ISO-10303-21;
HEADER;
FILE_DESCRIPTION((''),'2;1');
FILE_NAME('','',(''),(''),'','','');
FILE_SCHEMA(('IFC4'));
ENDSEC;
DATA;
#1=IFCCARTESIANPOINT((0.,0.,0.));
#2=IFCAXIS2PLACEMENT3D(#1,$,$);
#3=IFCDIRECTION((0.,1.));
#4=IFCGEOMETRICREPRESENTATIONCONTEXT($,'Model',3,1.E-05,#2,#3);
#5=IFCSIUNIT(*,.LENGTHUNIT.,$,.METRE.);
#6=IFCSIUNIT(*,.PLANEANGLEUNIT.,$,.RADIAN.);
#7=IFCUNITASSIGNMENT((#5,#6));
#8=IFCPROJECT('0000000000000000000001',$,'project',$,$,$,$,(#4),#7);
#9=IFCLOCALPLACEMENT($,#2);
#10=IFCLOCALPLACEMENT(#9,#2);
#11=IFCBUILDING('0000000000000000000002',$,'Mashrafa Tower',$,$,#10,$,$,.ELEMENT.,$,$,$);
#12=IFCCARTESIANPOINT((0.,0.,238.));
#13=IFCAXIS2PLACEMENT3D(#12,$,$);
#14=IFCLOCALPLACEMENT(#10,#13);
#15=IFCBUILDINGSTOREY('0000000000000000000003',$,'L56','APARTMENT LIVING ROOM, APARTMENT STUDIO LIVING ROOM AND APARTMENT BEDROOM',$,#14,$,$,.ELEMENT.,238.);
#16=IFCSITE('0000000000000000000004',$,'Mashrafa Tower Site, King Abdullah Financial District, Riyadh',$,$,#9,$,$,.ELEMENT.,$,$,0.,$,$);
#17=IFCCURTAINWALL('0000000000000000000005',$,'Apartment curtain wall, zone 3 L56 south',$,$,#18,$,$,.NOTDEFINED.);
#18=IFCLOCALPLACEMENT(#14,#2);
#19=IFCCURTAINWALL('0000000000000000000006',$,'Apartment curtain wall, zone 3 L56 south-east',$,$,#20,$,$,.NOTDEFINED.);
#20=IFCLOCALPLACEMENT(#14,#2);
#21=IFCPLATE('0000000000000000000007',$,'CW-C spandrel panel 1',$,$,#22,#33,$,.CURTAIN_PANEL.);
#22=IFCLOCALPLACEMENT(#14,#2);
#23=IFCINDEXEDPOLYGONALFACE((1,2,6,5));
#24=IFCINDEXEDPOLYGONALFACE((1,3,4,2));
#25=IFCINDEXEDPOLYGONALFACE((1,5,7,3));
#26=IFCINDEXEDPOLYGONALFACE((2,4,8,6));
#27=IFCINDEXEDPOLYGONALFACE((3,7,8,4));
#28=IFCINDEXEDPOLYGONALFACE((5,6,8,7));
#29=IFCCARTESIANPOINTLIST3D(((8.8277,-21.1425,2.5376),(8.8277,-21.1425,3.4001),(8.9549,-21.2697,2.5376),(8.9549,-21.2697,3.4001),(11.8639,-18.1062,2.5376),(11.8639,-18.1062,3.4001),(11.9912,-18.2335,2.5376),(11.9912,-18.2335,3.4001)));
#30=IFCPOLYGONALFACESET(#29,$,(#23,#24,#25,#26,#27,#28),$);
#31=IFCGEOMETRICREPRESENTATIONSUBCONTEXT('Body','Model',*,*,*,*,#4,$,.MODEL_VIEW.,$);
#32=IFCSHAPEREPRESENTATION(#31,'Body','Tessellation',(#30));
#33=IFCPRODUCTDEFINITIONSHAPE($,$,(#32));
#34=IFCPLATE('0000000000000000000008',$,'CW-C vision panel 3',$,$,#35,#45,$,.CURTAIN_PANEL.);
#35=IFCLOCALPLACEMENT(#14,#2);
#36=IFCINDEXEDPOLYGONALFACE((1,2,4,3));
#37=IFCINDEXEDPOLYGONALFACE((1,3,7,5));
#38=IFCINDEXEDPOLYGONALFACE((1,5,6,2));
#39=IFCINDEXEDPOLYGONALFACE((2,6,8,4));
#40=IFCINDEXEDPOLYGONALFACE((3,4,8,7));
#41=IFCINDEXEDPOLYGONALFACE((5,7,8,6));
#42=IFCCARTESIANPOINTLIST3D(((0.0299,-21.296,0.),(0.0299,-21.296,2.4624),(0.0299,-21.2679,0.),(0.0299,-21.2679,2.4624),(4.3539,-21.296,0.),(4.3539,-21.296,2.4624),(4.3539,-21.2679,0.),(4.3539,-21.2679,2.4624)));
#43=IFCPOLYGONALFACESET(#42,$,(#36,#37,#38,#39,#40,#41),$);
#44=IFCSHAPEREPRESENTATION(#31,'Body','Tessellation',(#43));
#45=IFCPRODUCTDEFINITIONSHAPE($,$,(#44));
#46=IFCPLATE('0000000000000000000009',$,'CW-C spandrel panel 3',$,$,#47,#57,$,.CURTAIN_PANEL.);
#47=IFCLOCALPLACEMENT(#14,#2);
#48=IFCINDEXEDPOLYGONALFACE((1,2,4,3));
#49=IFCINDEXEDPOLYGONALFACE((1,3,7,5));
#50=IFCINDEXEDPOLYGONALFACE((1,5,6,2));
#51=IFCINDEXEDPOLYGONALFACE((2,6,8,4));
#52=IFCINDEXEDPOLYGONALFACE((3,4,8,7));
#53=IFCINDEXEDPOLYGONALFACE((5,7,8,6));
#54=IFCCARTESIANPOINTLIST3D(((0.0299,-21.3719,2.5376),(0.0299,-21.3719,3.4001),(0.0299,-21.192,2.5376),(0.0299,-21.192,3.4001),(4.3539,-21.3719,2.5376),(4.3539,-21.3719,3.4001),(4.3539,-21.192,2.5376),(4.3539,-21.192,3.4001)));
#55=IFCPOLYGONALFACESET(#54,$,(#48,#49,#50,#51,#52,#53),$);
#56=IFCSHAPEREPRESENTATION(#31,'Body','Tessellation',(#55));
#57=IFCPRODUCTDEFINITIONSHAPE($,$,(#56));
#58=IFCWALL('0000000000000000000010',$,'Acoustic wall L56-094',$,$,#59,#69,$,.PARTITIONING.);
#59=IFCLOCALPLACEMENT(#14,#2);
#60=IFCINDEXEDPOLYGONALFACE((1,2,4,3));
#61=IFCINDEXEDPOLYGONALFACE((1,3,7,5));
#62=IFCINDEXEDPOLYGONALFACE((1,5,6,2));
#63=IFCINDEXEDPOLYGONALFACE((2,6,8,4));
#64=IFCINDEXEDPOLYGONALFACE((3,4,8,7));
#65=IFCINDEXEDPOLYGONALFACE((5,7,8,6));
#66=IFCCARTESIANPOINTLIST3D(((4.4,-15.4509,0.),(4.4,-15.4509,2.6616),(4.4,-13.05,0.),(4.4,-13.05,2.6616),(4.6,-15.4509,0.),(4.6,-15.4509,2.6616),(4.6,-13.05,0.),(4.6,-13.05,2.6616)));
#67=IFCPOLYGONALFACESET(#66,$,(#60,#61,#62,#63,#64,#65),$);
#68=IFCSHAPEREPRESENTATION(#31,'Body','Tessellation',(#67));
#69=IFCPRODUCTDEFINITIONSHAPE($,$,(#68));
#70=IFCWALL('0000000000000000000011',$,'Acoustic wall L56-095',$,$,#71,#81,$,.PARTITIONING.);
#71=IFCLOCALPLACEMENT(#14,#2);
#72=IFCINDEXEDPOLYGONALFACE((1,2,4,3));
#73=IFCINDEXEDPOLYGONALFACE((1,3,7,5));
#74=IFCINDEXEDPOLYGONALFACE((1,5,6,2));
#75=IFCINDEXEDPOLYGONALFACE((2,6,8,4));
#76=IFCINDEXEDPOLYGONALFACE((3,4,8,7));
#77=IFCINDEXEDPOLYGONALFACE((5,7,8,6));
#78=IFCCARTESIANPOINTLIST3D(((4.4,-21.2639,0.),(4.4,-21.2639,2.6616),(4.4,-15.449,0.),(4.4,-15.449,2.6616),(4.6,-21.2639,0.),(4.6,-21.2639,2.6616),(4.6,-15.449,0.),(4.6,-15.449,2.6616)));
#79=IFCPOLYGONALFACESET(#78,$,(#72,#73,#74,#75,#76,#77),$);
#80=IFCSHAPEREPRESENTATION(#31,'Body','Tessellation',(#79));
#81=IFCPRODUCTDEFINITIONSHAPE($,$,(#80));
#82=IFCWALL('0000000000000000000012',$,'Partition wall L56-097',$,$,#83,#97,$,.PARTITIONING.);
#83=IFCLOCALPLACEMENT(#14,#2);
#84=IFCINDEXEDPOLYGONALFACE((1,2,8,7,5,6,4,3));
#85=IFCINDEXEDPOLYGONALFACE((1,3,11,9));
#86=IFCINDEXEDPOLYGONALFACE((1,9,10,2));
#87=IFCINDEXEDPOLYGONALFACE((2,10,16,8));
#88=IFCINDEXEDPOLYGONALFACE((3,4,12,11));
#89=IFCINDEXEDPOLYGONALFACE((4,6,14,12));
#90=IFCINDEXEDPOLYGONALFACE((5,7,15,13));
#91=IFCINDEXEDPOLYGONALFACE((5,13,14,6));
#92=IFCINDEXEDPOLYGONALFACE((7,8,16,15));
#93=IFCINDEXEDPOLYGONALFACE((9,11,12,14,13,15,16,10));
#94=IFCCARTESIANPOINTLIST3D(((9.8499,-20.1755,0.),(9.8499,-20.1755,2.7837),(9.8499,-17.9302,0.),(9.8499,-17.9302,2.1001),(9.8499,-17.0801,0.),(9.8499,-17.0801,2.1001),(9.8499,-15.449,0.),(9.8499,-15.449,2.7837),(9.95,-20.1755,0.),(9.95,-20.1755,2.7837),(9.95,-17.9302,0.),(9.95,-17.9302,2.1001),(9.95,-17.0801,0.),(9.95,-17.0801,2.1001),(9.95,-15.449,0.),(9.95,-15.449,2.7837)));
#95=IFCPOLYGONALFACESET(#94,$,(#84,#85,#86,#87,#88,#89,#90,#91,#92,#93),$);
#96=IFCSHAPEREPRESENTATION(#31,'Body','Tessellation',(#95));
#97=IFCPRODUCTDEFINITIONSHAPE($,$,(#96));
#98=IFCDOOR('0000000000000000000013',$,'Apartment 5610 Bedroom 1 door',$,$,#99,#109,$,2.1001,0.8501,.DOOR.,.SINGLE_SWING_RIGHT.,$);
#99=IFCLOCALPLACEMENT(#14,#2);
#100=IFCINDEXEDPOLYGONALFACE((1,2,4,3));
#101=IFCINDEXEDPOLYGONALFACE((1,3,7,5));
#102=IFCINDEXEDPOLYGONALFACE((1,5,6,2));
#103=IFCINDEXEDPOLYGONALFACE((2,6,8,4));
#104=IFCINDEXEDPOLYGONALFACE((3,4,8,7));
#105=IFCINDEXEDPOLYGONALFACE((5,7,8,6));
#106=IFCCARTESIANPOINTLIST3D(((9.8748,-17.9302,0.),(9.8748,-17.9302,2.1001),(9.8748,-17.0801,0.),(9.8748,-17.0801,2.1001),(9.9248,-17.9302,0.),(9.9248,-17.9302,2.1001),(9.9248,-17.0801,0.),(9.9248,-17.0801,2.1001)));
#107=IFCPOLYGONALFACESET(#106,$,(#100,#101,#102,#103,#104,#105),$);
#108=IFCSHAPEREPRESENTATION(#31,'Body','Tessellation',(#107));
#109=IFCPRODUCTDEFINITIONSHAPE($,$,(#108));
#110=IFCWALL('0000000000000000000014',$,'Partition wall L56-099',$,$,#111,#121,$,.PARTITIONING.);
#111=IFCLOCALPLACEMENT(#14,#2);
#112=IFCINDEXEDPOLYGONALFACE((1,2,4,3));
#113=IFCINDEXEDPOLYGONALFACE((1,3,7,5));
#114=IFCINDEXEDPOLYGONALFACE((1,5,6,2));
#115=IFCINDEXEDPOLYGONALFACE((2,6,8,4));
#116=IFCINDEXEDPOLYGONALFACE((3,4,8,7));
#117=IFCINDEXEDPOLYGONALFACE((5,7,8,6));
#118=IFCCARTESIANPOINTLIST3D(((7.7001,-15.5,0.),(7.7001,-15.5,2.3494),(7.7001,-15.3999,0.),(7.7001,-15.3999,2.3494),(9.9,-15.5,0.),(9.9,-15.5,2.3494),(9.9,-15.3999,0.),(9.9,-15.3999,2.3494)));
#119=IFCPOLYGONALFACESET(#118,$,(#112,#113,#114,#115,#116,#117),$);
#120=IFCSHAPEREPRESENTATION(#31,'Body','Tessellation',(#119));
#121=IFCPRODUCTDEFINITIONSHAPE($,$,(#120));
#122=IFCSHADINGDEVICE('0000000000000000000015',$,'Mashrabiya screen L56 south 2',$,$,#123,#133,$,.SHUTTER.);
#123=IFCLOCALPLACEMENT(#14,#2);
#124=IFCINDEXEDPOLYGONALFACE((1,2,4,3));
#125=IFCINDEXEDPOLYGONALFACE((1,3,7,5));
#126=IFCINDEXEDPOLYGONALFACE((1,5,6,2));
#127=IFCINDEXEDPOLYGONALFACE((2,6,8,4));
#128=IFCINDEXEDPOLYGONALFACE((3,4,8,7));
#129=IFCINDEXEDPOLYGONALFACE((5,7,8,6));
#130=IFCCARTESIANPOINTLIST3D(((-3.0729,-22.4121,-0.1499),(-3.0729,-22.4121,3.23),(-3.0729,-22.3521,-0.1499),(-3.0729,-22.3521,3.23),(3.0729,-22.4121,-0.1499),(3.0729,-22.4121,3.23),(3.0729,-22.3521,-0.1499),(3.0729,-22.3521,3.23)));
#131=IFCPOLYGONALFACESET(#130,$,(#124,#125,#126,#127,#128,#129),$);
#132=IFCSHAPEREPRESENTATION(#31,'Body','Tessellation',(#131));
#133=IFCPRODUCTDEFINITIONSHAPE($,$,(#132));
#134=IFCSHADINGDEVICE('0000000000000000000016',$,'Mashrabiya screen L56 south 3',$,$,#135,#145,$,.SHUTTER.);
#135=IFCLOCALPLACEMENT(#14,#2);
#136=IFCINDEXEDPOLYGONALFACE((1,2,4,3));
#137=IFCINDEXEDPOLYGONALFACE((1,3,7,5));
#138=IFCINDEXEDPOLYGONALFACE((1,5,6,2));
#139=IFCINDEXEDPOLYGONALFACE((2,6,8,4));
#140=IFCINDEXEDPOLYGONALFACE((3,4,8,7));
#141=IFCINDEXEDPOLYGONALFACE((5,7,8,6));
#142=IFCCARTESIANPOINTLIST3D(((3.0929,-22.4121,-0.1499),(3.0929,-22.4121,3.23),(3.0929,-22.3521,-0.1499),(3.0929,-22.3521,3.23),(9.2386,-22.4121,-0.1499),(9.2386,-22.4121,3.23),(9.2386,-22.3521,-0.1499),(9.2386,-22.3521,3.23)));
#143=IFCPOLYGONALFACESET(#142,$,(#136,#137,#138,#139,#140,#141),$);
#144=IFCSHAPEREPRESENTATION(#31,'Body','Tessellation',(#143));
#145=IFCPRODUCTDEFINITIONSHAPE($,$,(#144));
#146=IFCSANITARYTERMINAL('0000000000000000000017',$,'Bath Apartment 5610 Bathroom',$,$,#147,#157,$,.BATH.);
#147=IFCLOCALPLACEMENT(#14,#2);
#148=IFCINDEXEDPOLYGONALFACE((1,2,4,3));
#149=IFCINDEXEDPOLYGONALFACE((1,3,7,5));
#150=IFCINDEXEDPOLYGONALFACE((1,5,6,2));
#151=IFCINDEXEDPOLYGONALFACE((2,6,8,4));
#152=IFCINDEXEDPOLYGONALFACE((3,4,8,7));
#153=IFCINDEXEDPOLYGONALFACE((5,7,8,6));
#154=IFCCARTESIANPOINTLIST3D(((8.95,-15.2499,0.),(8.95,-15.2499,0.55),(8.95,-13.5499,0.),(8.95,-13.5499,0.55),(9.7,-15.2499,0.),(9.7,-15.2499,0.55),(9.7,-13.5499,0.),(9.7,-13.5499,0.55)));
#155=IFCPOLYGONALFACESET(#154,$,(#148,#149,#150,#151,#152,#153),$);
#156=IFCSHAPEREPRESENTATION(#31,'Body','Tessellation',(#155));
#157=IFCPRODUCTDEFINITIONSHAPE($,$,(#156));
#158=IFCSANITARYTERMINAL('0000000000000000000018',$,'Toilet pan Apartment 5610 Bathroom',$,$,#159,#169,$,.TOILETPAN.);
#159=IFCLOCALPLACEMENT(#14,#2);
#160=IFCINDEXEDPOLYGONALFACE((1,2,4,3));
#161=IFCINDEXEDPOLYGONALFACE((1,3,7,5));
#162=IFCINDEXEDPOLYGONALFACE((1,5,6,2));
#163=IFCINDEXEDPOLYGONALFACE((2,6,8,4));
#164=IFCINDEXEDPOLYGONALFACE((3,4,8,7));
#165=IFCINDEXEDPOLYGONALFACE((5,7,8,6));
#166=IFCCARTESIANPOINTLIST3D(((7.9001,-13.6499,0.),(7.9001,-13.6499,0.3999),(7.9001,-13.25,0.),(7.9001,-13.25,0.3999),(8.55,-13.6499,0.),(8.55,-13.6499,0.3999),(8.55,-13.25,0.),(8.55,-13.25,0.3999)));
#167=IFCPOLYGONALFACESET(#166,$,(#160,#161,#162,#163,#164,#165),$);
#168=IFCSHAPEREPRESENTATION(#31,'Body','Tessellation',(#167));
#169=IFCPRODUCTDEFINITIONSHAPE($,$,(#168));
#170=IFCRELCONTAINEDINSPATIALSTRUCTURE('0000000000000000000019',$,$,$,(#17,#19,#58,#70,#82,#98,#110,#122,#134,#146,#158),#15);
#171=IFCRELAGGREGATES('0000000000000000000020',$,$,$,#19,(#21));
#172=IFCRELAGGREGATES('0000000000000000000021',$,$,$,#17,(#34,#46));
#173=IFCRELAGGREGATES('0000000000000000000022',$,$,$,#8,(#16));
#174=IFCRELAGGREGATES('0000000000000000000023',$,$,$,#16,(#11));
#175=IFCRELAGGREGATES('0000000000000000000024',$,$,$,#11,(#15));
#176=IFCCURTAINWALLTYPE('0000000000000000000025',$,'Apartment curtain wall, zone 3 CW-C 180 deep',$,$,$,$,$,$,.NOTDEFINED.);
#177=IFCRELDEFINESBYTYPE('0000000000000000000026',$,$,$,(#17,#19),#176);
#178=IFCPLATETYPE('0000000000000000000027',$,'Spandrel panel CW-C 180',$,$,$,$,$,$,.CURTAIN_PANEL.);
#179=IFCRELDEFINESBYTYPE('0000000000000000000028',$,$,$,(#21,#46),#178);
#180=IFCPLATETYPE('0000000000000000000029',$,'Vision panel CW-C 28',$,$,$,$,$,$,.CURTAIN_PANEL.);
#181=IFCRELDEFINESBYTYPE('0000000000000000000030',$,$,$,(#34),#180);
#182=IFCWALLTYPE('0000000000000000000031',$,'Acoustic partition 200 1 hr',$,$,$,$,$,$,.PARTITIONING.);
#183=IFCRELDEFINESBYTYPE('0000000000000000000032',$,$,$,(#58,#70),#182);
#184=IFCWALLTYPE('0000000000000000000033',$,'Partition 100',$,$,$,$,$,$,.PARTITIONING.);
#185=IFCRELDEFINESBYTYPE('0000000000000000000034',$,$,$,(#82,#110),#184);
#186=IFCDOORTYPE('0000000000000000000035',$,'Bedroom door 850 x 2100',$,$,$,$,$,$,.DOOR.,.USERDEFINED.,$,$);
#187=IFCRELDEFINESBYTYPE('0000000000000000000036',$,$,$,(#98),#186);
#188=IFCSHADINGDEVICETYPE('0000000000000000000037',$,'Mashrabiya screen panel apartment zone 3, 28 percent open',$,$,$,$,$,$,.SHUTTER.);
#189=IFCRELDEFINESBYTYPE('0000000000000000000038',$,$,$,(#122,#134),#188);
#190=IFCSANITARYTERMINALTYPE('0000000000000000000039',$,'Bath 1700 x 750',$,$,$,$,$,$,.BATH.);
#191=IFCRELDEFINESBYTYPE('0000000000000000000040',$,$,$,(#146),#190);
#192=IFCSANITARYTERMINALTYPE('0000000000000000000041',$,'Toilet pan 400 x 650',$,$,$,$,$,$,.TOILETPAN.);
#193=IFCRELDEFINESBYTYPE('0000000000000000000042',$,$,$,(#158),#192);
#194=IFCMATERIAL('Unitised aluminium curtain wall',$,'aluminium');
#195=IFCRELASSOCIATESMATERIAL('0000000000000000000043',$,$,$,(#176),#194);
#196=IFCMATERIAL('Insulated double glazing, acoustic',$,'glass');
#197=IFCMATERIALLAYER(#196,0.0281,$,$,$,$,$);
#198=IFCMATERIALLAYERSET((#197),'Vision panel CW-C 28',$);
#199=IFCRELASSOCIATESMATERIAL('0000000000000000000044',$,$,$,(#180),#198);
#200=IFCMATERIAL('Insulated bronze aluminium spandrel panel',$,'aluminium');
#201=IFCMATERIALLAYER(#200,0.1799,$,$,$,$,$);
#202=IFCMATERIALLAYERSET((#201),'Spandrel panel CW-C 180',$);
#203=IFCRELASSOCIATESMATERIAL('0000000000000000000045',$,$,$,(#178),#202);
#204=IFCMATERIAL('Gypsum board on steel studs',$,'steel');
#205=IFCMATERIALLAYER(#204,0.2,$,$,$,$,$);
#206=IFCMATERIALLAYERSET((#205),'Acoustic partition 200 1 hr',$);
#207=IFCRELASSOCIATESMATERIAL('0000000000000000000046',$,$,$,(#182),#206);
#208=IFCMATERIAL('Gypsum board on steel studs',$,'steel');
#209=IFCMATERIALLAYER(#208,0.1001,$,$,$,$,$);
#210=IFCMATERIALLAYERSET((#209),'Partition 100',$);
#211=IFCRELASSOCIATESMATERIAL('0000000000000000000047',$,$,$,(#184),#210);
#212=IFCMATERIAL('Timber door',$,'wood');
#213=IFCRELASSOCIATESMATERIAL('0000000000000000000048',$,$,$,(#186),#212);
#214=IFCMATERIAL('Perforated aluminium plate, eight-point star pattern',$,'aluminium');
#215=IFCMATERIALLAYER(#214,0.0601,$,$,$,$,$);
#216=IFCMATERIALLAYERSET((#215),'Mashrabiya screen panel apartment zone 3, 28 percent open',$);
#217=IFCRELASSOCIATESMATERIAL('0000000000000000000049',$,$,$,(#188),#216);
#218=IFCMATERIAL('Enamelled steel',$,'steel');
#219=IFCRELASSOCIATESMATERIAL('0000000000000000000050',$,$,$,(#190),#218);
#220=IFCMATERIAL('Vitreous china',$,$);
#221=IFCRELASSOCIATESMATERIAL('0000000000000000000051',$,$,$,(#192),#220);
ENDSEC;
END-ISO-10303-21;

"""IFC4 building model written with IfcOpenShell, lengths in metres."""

from ifc_helpers import new_model, si_unit, direction, frame, frame_2d, origin, origin_2d, place, context, subcontext, project, spatial, rectangle, extrude, source, transform, mapped, material, layer, layer_set, type_object, type_shapes, element, fill, aggregate, save


model = new_model("IFC4")

# Units and contexts
model_context = context("Model", 3, precision=1e-05, world=origin(), true_north=direction((0.0, 1.0)))
body_context = subcontext(model_context, "Body", "Model", "MODEL_VIEW")
ifc_project = project(units=[si_unit("LENGTHUNIT", "METRE"), si_unit("PLANEANGLEUNIT", "RADIAN")], contexts=[model_context])

# Site, building, storey
site_placement = place(None, origin())
site = spatial("IfcSite", under=ifc_project, at=site_placement, Name="Mashrafa Tower Site, King Abdullah Financial District, Riyadh", CompositionType="ELEMENT", RefElevation=0.0)
building_placement = place(site_placement, origin())
building = spatial("IfcBuilding", under=site, at=building_placement, Name="Mashrafa Tower", CompositionType="ELEMENT")
storey_placement = place(building_placement, frame((0.0, 0.0, 238.0)))
storey = spatial("IfcBuildingStorey", under=building, at=storey_placement, Name="L56", Description="APARTMENT LIVING ROOM, APARTMENT STUDIO LIVING ROOM AND APARTMENT BEDROOM", CompositionType="ELEMENT", Elevation=238.0)

# Curtain wall
ifc_material_1 = material(Name="Unitised aluminium curtain wall", Category="aluminium")
curtain_wall_type = type_object("IfcCurtainWallType", Name="Apartment curtain wall, zone 3 CW-C 180 deep", PredefinedType="NOTDEFINED", material=ifc_material_1)
curtain_wall_1_placement = place(storey_placement, origin())
curtain_wall_1 = element("IfcCurtainWall", 1, at=curtain_wall_1_placement, inside=storey, type_object=curtain_wall_type, Name="Apartment curtain wall, zone 3 L56 south", PredefinedType="NOTDEFINED")

# Curtain wall
curtain_wall_2_placement = place(storey_placement, origin())
curtain_wall_2 = element("IfcCurtainWall", 2, at=curtain_wall_2_placement, inside=storey, type_object=curtain_wall_type, Name="Apartment curtain wall, zone 3 L56 south-east", PredefinedType="NOTDEFINED")

# Plates
ifc_material_2 = material(Name="Insulated double glazing, acoustic", Category="glass")
ifc_layer_1 = layer(ifc_material_2, 0.0281)
ifc_layer_set_1 = layer_set([ifc_layer_1], Name="Vision panel CW-C 28")
plate_type_1 = type_object("IfcPlateType", Name="Vision panel CW-C 28", PredefinedType="CURTAIN_PANEL", material=ifc_layer_set_1)
ifc_material_3 = material(Name="Insulated bronze aluminium spandrel panel", Category="aluminium")
ifc_layer_2 = layer(ifc_material_3, 0.1799)
ifc_layer_set_2 = layer_set([ifc_layer_2], Name="Spandrel panel CW-C 180")
plate_type_2 = type_object("IfcPlateType", Name="Spandrel panel CW-C 180", PredefinedType="CURTAIN_PANEL", material=ifc_layer_set_2)
shared_shape_1 = source(origin(), body_context, "Body", "SweptSolid", [
    extrude(rectangle(XDim=4.2939, YDim=0.1799, at=origin_2d()), origin(), (0.0, 0.0, 1.0), 0.8625),
])
plate_1_placement = place(storey_placement, frame((10.4094, -19.688, 2.5376), z_axis=(0.0, 0.0, 1.0), x_axis=(0.707107, 0.707107, 0.0)))
plate_1 = element("IfcPlate", 3, at=plate_1_placement, type_object=plate_type_2, Name="CW-C spandrel panel 1", PredefinedType="CURTAIN_PANEL", context=body_context, shape_type="MappedRepresentation", body=[
    mapped(shared_shape_1, transform((0.0, 0.0, 0.0))),
])
aggregate(curtain_wall_2, [plate_1])
shared_shape_2 = source(origin(), body_context, "Body", "SweptSolid", [
    extrude(rectangle(XDim=4.324, YDim=0.0281, at=origin_2d()), origin(), (0.0, 0.0, 1.0), 2.4624),
])
plate_2_placement = place(storey_placement, frame((2.1919, -21.282, 0.0), z_axis=(0.0, 0.0, 1.0), x_axis=(1.0, 0.0, 0.0)))
plate_2 = element("IfcPlate", 4, at=plate_2_placement, type_object=plate_type_1, Name="CW-C vision panel 3", PredefinedType="CURTAIN_PANEL", context=body_context, shape_type="MappedRepresentation", body=[
    mapped(shared_shape_2, transform((0.0, 0.0, 0.0))),
])
shared_shape_3 = source(origin(), body_context, "Body", "SweptSolid", [
    extrude(rectangle(XDim=4.324, YDim=0.1799, at=origin_2d()), origin(), (0.0, 0.0, 1.0), 0.8625),
])
type_shapes(plate_type_2, [shared_shape_1, shared_shape_3])
plate_3_placement = place(storey_placement, frame((2.1919, -21.282, 2.5376), z_axis=(0.0, 0.0, 1.0), x_axis=(1.0, 0.0, 0.0)))
plate_3 = element("IfcPlate", 5, at=plate_3_placement, type_object=plate_type_2, Name="CW-C spandrel panel 3", PredefinedType="CURTAIN_PANEL", context=body_context, shape_type="MappedRepresentation", body=[
    mapped(shared_shape_3, transform((0.0, 0.0, 0.0))),
])
aggregate(curtain_wall_1, [plate_2, plate_3])

# Walls
ifc_material_4 = material(Name="Gypsum board on steel studs", Category="steel")
ifc_layer_3 = layer(ifc_material_4, 0.2)
ifc_layer_set_3 = layer_set([ifc_layer_3], Name="Acoustic partition 200 1 hr")
wall_type_1 = type_object("IfcWallType", Name="Acoustic partition 200 1 hr", PredefinedType="PARTITIONING", material=ifc_layer_set_3)
wall_1_placement = place(storey_placement, frame((4.5, -15.4509, 0.0), z_axis=(0.0, 0.0, 1.0), x_axis=(0.0, 1.0, 0.0)))
element("IfcWall", 6, at=wall_1_placement, inside=storey, type_object=wall_type_1, Name="Acoustic wall L56-094", PredefinedType="PARTITIONING", context=body_context, shape_type="SweptSolid", body=[
    extrude(rectangle(XDim=2.4009, YDim=0.2, at=frame_2d((1.2004, 0.0))), origin(), (0.0, 0.0, 1.0), 2.6616),
])
wall_2_placement = place(storey_placement, frame((4.5, -21.2639, 0.0), z_axis=(0.0, 0.0, 1.0), x_axis=(0.0, 1.0, 0.0)))
element("IfcWall", 7, at=wall_2_placement, inside=storey, type_object=wall_type_1, Name="Acoustic wall L56-095", PredefinedType="PARTITIONING", context=body_context, shape_type="SweptSolid", body=[
    extrude(rectangle(XDim=5.8149, YDim=0.2, at=frame_2d((2.9075, 0.0))), origin(), (0.0, 0.0, 1.0), 2.6616),
])

# Wall, opening, door
ifc_material_5 = material(Name="Gypsum board on steel studs", Category="steel")
ifc_layer_4 = layer(ifc_material_5, 0.1001)
ifc_layer_set_4 = layer_set([ifc_layer_4], Name="Partition 100")
wall_type_2 = type_object("IfcWallType", Name="Partition 100", PredefinedType="PARTITIONING", material=ifc_layer_set_4)
wall_3_placement = place(storey_placement, frame((9.8999, -15.449, 0.0), z_axis=(0.0, 0.0, 1.0), x_axis=(0.0, -1.0, 0.0)))
wall_3 = element("IfcWall", 8, at=wall_3_placement, inside=storey, type_object=wall_type_2, Name="Partition wall L56-097", PredefinedType="PARTITIONING", context=body_context, shape_type="SweptSolid", body=[
    extrude(rectangle(XDim=4.7266, YDim=0.1001, at=frame_2d((2.3633, 0.0))), origin(), (0.0, 0.0, 1.0), 2.7837),
])
opening_placement = place(wall_3_placement, frame((1.6311, 0.0, 0.0)))
opening = element("IfcOpeningElement", 9, at=opening_placement, cuts=wall_3, PredefinedType="OPENING", context=body_context, shape_type="SweptSolid", body=[
    extrude(rectangle(XDim=0.8501, YDim=2.1001, at=frame_2d((0.425, 1.05))), frame((0.0, 0.0601, 0.0), z_axis=(0.0, -1.0, 0.0), x_axis=(1.0, 0.0, 0.0)), (0.0, 0.0, 1.0), 0.1201),
])
ifc_material_6 = material(Name="Timber door", Category="wood")
door_type = type_object("IfcDoorType", Name="Bedroom door 850 x 2100", OperationType="USERDEFINED", PredefinedType="DOOR", material=ifc_material_6)
door_placement = place(opening_placement, origin())
door = element("IfcDoor", 10, at=door_placement, inside=storey, type_object=door_type, Name="Apartment 5610 Bedroom 1 door", OperationType="SINGLE_SWING_RIGHT", OverallHeight=2.1001, OverallWidth=0.8501, PredefinedType="DOOR", context=body_context, shape_type="SweptSolid", body=[
    extrude(rectangle(XDim=0.8501, YDim=2.1001, at=frame_2d((0.425, 1.05))), frame((0.0, 0.0249, 0.0), z_axis=(0.0, -1.0, 0.0), x_axis=(1.0, 0.0, 0.0)), (0.0, 0.0, 1.0), 0.05),
])
fill(opening, door)

# Wall
wall_4_placement = place(storey_placement, frame((7.7, -15.45, 0.0), z_axis=(0.0, 0.0, 1.0), x_axis=(1.0, 0.0, 0.0)))
element("IfcWall", 11, at=wall_4_placement, inside=storey, type_object=wall_type_2, Name="Partition wall L56-099", PredefinedType="PARTITIONING", context=body_context, shape_type="SweptSolid", body=[
    extrude(rectangle(XDim=2.2, YDim=0.1001, at=frame_2d((1.1001, 0.0))), origin(), (0.0, 0.0, 1.0), 2.3494),
])

# Shading devices
ifc_material_7 = material(Name="Perforated aluminium plate, eight-point star pattern", Category="aluminium")
ifc_layer_5 = layer(ifc_material_7, 0.0601)
ifc_layer_set_5 = layer_set([ifc_layer_5], Name="Mashrabiya screen panel apartment zone 3, 28 percent open")
shading_device_type = type_object("IfcShadingDeviceType", Name="Mashrabiya screen panel apartment zone 3, 28 percent open", PredefinedType="SHUTTER", material=ifc_layer_set_5)
shared_shape_4 = source(origin(), body_context, "Body", "SweptSolid", [
    extrude(rectangle(XDim=6.1458, YDim=0.0601, at=origin_2d()), origin(), (0.0, 0.0, 1.0), 3.3799),
])
type_shapes(shading_device_type, [shared_shape_4])
for number, where, z_axis, x_axis, name in (
    (12, (0.0, -22.3821, -0.1499), (0.0, 0.0, 1.0), (1.0, 0.0, 0.0), "Mashrabiya screen L56 south 2"),
    (13, (6.1658, -22.3821, -0.1499), (0.0, 0.0, 1.0), (1.0, 0.0, 0.0), "Mashrabiya screen L56 south 3"),
):
    element("IfcShadingDevice", number, at=place(storey_placement, frame(where, z_axis=z_axis, x_axis=x_axis)), inside=storey, type_object=shading_device_type, Name=name, PredefinedType="SHUTTER", context=body_context, shape_type="MappedRepresentation", body=[
        mapped(shared_shape_4, transform((0.0, 0.0, 0.0))),
    ])

# Sanitary terminals
ifc_material_8 = material(Name="Enamelled steel", Category="steel")
sanitary_terminal_type_1 = type_object("IfcSanitaryTerminalType", Name="Bath 1700 x 750", PredefinedType="BATH", material=ifc_material_8)
sanitary_terminal_1_placement = place(storey_placement, frame((9.325, -14.3999, 0.0), z_axis=(0.0, 0.0, 1.0), x_axis=(0.0, 1.0, 0.0)))
element("IfcSanitaryTerminal", 14, at=sanitary_terminal_1_placement, inside=storey, type_object=sanitary_terminal_type_1, Name="Bath Apartment 5610 Bathroom", PredefinedType="BATH", context=body_context, shape_type="SweptSolid", body=[
    extrude(rectangle(XDim=1.7, YDim=0.75, at=origin_2d()), origin(), (0.0, 0.0, 1.0), 0.55),
])
ifc_material_9 = material(Name="Vitreous china")
sanitary_terminal_type_2 = type_object("IfcSanitaryTerminalType", Name="Toilet pan 400 x 650", PredefinedType="TOILETPAN", material=ifc_material_9)
sanitary_terminal_2_placement = place(storey_placement, frame((8.2251, -13.45, 0.0), z_axis=(0.0, 0.0, 1.0), x_axis=(0.0, -1.0, 0.0)))
element("IfcSanitaryTerminal", 15, at=sanitary_terminal_2_placement, inside=storey, type_object=sanitary_terminal_type_2, Name="Toilet pan Apartment 5610 Bathroom", PredefinedType="TOILETPAN", context=body_context, shape_type="SweptSolid", body=[
    extrude(rectangle(XDim=0.3999, YDim=0.6499, at=origin_2d()), origin(), (0.0, 0.0, 1.0), 0.3999),
])

save(model, "model.ifc")
